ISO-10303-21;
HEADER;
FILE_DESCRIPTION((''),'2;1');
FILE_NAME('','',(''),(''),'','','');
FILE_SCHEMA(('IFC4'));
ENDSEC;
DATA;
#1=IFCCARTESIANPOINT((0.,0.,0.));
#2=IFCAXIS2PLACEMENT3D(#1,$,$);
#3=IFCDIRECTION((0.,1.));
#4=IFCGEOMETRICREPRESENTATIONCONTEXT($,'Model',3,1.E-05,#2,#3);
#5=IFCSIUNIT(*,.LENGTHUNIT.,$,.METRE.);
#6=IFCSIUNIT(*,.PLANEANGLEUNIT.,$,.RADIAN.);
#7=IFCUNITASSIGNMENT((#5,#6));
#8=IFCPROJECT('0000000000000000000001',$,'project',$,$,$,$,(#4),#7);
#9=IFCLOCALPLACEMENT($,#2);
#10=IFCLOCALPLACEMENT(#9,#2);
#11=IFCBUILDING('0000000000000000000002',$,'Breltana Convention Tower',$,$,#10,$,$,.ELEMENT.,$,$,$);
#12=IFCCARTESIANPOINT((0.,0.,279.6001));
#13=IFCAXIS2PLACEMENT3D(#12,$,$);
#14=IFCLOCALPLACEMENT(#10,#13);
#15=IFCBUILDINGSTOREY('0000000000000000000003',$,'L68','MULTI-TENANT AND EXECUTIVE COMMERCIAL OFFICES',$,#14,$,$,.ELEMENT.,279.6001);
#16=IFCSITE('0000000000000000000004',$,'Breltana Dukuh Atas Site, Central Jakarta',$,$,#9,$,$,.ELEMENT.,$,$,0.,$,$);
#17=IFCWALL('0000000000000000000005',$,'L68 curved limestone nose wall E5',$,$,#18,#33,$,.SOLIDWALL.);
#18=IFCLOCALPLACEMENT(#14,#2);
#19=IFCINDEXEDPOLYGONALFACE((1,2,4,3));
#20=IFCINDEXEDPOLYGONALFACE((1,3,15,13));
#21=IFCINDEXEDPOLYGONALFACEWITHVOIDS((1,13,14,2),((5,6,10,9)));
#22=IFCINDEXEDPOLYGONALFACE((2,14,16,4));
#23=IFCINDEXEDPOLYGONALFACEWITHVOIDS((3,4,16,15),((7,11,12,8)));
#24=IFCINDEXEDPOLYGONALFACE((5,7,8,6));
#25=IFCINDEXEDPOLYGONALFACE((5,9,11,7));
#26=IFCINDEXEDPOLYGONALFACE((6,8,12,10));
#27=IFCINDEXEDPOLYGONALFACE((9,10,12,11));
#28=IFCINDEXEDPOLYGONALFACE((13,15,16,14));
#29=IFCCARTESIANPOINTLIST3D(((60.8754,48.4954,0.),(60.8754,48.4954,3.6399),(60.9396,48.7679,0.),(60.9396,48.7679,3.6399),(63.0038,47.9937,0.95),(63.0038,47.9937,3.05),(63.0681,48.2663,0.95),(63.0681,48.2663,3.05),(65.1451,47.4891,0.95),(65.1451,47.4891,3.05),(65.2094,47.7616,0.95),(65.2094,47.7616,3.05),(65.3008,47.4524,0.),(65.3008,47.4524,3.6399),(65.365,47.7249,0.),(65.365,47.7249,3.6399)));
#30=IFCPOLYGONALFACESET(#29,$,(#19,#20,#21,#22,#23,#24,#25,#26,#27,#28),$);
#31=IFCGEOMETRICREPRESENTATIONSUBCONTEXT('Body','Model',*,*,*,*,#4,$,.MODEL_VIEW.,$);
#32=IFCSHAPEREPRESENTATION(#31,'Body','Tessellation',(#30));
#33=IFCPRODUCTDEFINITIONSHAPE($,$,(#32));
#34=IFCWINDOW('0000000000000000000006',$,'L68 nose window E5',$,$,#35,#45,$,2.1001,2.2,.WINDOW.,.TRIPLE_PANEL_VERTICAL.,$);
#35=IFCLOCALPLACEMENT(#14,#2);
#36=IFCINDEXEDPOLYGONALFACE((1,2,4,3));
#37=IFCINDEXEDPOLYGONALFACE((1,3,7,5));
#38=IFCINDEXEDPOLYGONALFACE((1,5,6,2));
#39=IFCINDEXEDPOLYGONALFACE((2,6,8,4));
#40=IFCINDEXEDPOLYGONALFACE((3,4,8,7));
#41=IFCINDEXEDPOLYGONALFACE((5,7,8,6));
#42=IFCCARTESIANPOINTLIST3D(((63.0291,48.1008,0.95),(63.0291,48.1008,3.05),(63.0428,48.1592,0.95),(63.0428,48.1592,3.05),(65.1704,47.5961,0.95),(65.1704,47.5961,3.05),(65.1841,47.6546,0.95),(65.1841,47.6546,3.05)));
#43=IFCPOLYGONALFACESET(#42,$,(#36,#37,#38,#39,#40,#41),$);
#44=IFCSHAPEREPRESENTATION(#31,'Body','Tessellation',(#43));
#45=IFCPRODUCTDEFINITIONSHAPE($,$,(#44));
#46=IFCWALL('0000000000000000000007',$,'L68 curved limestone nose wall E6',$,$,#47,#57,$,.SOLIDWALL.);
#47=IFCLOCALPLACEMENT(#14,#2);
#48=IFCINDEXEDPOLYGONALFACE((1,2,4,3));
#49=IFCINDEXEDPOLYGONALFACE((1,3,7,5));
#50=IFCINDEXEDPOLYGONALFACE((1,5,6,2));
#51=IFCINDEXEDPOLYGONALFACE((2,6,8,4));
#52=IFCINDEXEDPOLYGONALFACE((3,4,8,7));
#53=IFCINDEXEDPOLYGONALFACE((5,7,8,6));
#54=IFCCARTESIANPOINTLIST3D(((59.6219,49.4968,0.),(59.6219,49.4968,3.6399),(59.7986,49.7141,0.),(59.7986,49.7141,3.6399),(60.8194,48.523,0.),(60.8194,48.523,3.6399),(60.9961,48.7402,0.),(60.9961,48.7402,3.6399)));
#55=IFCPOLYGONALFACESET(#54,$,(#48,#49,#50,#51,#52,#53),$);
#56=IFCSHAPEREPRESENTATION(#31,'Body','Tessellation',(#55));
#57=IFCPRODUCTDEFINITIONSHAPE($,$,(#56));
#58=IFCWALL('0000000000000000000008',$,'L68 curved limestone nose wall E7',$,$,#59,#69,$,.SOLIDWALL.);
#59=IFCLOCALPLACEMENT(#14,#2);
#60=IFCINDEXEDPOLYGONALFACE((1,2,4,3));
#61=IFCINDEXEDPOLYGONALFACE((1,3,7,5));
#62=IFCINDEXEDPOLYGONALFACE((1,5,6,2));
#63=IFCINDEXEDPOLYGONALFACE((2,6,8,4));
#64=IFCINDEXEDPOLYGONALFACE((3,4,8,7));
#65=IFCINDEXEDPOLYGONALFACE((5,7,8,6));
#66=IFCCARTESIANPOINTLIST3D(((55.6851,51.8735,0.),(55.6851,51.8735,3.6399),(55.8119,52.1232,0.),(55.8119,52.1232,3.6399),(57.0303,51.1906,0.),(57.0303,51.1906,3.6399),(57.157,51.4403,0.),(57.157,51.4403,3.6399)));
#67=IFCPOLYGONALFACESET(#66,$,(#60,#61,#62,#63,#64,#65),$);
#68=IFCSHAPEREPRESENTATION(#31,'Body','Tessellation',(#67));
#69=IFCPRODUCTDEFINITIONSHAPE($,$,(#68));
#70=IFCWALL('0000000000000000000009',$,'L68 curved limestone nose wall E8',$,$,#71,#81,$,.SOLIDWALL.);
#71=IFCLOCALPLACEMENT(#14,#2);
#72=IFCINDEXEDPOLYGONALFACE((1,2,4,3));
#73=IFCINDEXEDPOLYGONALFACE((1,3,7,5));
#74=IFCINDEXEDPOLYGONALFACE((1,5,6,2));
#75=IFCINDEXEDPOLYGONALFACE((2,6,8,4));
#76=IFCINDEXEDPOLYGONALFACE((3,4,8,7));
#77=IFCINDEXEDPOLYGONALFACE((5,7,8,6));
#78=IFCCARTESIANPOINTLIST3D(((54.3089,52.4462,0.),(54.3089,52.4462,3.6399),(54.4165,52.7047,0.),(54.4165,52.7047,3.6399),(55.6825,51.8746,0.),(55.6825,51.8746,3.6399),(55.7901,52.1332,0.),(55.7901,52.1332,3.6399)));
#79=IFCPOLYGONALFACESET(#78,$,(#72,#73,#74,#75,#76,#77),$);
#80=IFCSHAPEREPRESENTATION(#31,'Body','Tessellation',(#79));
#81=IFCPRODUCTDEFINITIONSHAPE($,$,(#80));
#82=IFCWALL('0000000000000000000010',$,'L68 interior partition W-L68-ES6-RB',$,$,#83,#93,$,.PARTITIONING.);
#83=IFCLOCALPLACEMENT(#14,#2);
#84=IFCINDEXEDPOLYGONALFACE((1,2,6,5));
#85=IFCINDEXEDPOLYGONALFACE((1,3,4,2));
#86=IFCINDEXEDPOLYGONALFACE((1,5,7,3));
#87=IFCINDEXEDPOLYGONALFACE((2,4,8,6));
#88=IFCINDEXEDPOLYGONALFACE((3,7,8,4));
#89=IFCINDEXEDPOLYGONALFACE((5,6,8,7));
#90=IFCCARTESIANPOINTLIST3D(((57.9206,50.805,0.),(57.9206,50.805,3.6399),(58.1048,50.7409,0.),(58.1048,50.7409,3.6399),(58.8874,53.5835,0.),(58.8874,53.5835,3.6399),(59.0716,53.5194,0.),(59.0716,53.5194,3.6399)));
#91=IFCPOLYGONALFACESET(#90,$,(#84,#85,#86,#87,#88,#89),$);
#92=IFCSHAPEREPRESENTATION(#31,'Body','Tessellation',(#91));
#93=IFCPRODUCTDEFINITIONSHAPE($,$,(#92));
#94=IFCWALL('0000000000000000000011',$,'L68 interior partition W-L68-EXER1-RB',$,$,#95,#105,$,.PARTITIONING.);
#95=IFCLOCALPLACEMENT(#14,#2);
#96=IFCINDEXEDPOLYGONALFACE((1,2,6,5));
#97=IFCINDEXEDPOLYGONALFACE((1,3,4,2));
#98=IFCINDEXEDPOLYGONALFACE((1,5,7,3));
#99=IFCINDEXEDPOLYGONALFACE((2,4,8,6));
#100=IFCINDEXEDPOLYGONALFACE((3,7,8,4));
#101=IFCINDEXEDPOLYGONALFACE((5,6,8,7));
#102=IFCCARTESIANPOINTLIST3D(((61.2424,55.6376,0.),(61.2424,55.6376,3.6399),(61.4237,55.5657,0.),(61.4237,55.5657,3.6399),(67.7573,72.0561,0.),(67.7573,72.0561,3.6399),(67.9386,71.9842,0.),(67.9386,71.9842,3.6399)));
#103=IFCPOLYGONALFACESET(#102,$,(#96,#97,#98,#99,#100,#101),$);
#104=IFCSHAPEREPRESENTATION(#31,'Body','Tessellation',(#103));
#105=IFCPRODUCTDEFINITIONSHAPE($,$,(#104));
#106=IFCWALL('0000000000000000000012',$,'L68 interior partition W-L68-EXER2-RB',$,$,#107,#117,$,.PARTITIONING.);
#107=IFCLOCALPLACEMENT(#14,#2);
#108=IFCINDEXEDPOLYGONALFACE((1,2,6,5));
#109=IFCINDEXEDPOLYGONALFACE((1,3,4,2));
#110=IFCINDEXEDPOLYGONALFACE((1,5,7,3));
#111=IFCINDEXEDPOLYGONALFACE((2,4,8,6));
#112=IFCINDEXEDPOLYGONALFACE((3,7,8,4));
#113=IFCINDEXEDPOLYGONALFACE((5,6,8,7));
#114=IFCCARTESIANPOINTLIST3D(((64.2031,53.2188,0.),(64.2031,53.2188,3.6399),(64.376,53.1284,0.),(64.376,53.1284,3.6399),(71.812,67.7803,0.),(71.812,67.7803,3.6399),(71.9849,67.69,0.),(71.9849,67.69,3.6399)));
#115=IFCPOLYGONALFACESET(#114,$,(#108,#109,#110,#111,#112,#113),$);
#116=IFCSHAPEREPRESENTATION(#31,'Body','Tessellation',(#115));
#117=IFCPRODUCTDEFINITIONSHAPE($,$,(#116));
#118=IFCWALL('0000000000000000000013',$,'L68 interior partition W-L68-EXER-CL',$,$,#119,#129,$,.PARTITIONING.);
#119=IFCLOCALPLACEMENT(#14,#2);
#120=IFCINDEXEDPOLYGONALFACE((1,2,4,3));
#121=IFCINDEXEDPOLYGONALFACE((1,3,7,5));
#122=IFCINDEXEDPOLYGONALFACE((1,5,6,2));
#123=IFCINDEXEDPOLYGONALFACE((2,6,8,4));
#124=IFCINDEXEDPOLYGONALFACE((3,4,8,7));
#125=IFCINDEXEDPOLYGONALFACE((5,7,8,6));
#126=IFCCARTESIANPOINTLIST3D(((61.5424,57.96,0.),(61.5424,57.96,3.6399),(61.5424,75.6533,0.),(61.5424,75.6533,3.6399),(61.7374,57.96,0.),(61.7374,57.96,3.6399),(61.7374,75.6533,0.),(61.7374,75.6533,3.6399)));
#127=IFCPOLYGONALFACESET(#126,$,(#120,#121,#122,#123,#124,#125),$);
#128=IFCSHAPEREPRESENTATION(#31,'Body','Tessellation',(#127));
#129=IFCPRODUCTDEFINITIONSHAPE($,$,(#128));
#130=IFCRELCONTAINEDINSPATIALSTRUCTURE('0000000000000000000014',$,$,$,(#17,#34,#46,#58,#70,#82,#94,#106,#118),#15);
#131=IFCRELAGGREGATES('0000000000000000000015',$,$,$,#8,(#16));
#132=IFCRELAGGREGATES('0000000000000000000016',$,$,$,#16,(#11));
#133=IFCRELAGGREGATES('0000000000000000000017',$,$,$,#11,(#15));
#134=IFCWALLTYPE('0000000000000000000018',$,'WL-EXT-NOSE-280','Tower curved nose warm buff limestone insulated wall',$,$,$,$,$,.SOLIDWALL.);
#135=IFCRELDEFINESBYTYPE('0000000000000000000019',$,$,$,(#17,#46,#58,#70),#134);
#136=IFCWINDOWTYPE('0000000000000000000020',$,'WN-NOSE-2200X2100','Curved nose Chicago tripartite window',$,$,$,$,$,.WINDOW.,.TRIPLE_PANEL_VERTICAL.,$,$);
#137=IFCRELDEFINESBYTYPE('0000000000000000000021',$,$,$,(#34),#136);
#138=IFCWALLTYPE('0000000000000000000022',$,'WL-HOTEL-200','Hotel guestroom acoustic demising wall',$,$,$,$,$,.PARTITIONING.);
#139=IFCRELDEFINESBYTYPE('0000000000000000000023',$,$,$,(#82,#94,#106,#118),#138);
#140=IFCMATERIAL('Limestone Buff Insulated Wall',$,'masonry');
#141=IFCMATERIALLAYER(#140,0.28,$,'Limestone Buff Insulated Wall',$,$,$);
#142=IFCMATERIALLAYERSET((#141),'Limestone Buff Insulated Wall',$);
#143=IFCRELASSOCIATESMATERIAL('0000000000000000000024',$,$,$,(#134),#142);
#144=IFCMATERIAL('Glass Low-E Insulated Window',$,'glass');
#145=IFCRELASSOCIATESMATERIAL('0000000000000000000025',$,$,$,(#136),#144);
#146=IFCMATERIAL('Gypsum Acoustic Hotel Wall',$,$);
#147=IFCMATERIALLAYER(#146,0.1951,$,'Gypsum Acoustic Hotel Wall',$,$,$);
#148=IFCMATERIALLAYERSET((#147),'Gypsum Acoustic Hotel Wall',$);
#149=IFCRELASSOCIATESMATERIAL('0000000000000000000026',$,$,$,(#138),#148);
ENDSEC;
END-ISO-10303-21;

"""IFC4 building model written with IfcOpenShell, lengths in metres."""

from ifc_helpers import new_model, si_unit, direction, frame, frame_2d, origin, place, context, subcontext, project, spatial, rectangle, extrude, source, transform, mapped, material, layer, layer_set, type_object, type_shapes, element, fill, save


model = new_model("IFC4")

# Units and contexts
model_context = context("Model", 3, precision=1e-05, world=origin(), true_north=direction((0.0, 1.0)))
body_context = subcontext(model_context, "Body", "Model", "MODEL_VIEW")
ifc_project = project(units=[si_unit("LENGTHUNIT", "METRE"), si_unit("PLANEANGLEUNIT", "RADIAN")], contexts=[model_context])

# Site, building, storey
site_placement = place(None, origin())
site = spatial("IfcSite", under=ifc_project, at=site_placement, Name="Breltana Dukuh Atas Site, Central Jakarta", CompositionType="ELEMENT", RefElevation=0.0)
building_placement = place(site_placement, origin())
building = spatial("IfcBuilding", under=site, at=building_placement, Name="Breltana Convention Tower", CompositionType="ELEMENT")
storey_placement = place(building_placement, frame((0.0, 0.0, 279.6001)))
storey = spatial("IfcBuildingStorey", under=building, at=storey_placement, Name="L68", Description="MULTI-TENANT AND EXECUTIVE COMMERCIAL OFFICES", CompositionType="ELEMENT", Elevation=279.6001)

# Wall, opening, window
ifc_material_1 = material(Name="Limestone Buff Insulated Wall", Category="masonry")
ifc_layer_1 = layer(ifc_material_1, 0.28, Name="Limestone Buff Insulated Wall")
ifc_layer_set_1 = layer_set([ifc_layer_1], Name="Limestone Buff Insulated Wall")
wall_type_1 = type_object("IfcWallType", Name="WL-EXT-NOSE-280", Description="Tower curved nose warm buff limestone insulated wall", PredefinedType="SOLIDWALL", material=ifc_layer_set_1)
ifc_material_2 = material(Name="Glass Low-E Insulated Window", Category="glass")
window_type = type_object("IfcWindowType", Name="WN-NOSE-2200X2100", Description="Curved nose Chicago tripartite window", PartitioningType="TRIPLE_PANEL_VERTICAL", PredefinedType="WINDOW", material=ifc_material_2)
shared_shape_1 = source(origin(), body_context, "Body", "SweptSolid", [
    extrude(rectangle(XDim=2.2, YDim=2.1001, at=frame_2d((1.1001, 1.05))), frame((0.0, 0.03, 0.0), z_axis=(0.0, -1.0, 0.0), x_axis=(1.0, 0.0, 0.0)), (0.0, 0.0, 1.0), 0.0601),
])
type_shapes(window_type, [shared_shape_1])
shared_shape_2 = source(origin(), body_context, "Body", "SweptSolid", [
    extrude(rectangle(XDim=4.5466, YDim=0.28, at=frame_2d((2.2734, 0.0))), origin(), (0.0, 0.0, 1.0), 3.6399),
])
wall_1_placement = place(storey_placement, frame((65.333, 47.5886, 0.0), z_axis=(0.0, 0.0, 1.0), x_axis=(-0.973333, 0.229398, 0.0)))
wall_1 = element("IfcWall", 1, at=wall_1_placement, inside=storey, type_object=wall_type_1, Name="L68 curved limestone nose wall E5", PredefinedType="SOLIDWALL", context=body_context, shape_type="MappedRepresentation", body=[
    mapped(shared_shape_2, transform((0.0, 0.0, 0.0), scale=1.0)),
])
opening_1_placement = place(wall_1_placement, frame((0.1599, 0.0, 0.95)))
opening_1 = element("IfcOpeningElement", 2, at=opening_1_placement, cuts=wall_1, PredefinedType="OPENING", context=body_context, shape_type="SweptSolid", body=[
    extrude(rectangle(XDim=2.2, YDim=2.1001, at=frame_2d((1.1001, 1.05))), frame((0.0, 0.1499, 0.0), z_axis=(0.0, -1.0, 0.0), x_axis=(1.0, 0.0, 0.0)), (0.0, 0.0, 1.0), 0.3),
])
window_1_placement = place(opening_1_placement, origin())
window_1 = element("IfcWindow", 3, at=window_1_placement, inside=storey, type_object=window_type, Name="L68 nose window E5", OverallHeight=2.1001, OverallWidth=2.2, PartitioningType="TRIPLE_PANEL_VERTICAL", PredefinedType="WINDOW", context=body_context, shape_type="MappedRepresentation", body=[
    mapped(shared_shape_1, transform((0.0, 0.0, 0.0), scale=1.0)),
])
fill(opening_1, window_1)

# Walls
shared_shape_3 = source(origin(), body_context, "Body", "SweptSolid", [
    extrude(rectangle(XDim=1.5435, YDim=0.28, at=frame_2d((0.7717, 0.0))), origin(), (0.0, 0.0, 1.0), 3.6399),
])
wall_2_placement = place(storey_placement, frame((60.9077, 48.6316, 0.0), z_axis=(0.0, 0.0, 1.0), x_axis=(-0.775828, 0.630944, 0.0)))
element("IfcWall", 4, at=wall_2_placement, inside=storey, type_object=wall_type_1, Name="L68 curved limestone nose wall E6", PredefinedType="SOLIDWALL", context=body_context, shape_type="MappedRepresentation", body=[
    mapped(shared_shape_3, transform((0.0, 0.0, 0.0), scale=1.0)),
])
shared_shape_4 = source(origin(), body_context, "Body", "SweptSolid", [
    extrude(rectangle(XDim=1.5085, YDim=0.28, at=frame_2d((0.7544, 0.0))), origin(), (0.0, 0.0, 1.0), 3.6399),
])
wall_3_placement = place(storey_placement, frame((57.0938, 51.3154, 0.0), z_axis=(0.0, 0.0, 1.0), x_axis=(-0.891692, 0.452643, 0.0)))
element("IfcWall", 5, at=wall_3_placement, inside=storey, type_object=wall_type_1, Name="L68 curved limestone nose wall E7", PredefinedType="SOLIDWALL", context=body_context, shape_type="MappedRepresentation", body=[
    mapped(shared_shape_4, transform((0.0, 0.0, 0.0), scale=1.0)),
])
shared_shape_5 = source(origin(), body_context, "Body", "SweptSolid", [
    extrude(rectangle(XDim=1.4878, YDim=0.28, at=frame_2d((0.7439, 0.0))), origin(), (0.0, 0.0, 1.0), 3.6399),
])
wall_4_placement = place(storey_placement, frame((55.7363, 52.0039, 0.0), z_axis=(0.0, 0.0, 1.0), x_axis=(-0.923261, 0.384173, 0.0)))
element("IfcWall", 6, at=wall_4_placement, inside=storey, type_object=wall_type_1, Name="L68 curved limestone nose wall E8", PredefinedType="SOLIDWALL", context=body_context, shape_type="MappedRepresentation", body=[
    mapped(shared_shape_5, transform((0.0, 0.0, 0.0), scale=1.0)),
])
ifc_material_3 = material(Name="Gypsum Acoustic Hotel Wall")
ifc_layer_2 = layer(ifc_material_3, 0.1951, Name="Gypsum Acoustic Hotel Wall")
ifc_layer_set_2 = layer_set([ifc_layer_2], Name="Gypsum Acoustic Hotel Wall")
wall_type_2 = type_object("IfcWallType", Name="WL-HOTEL-200", Description="Hotel guestroom acoustic demising wall", PredefinedType="PARTITIONING", material=ifc_layer_set_2)
shared_shape_6 = source(origin(), body_context, "Body", "SweptSolid", [
    extrude(rectangle(XDim=2.9419, YDim=0.1951, at=frame_2d((1.4709, 0.0))), origin(), (0.0, 0.0, 1.0), 3.6399),
])
wall_5_placement = place(storey_placement, frame((58.0127, 50.7729, 0.0), z_axis=(0.0, 0.0, 1.0), x_axis=(0.328624, 0.944461, 0.0)))
element("IfcWall", 7, at=wall_5_placement, inside=storey, type_object=wall_type_2, Name="L68 interior partition W-L68-ES6-RB", PredefinedType="PARTITIONING", context=body_context, shape_type="MappedRepresentation", body=[
    mapped(shared_shape_6, transform((0.0, 0.0, 0.0), scale=1.0)),
])

# Wall
shared_shape_7 = source(origin(), body_context, "Body", "SweptSolid", [
    extrude(rectangle(XDim=17.6638, YDim=0.1951, at=frame_2d((8.832, 0.0))), origin(), (0.0, 0.0, 1.0), 3.6399),
])
wall_6_placement = place(storey_placement, frame((61.333, 55.6016, 0.0), z_axis=(0.0, 0.0, 1.0), x_axis=(0.368828, 0.929498, 0.0)))
element("IfcWall", 8, at=wall_6_placement, inside=storey, type_object=wall_type_2, Name="L68 interior partition W-L68-EXER1-RB", PredefinedType="PARTITIONING", context=body_context, shape_type="MappedRepresentation", body=[
    mapped(shared_shape_7, transform((0.0, 0.0, 0.0), scale=1.0)),
])

# Walls
shared_shape_8 = source(origin(), body_context, "Body", "SweptSolid", [
    extrude(rectangle(XDim=16.4297, YDim=0.1951, at=frame_2d((8.2148, 0.0))), origin(), (0.0, 0.0, 1.0), 3.6399),
])
wall_7_placement = place(storey_placement, frame((64.2896, 53.1736, 0.0), z_axis=(0.0, 0.0, 1.0), x_axis=(0.463119, 0.886296, 0.0)))
element("IfcWall", 9, at=wall_7_placement, inside=storey, type_object=wall_type_2, Name="L68 interior partition W-L68-EXER2-RB", PredefinedType="PARTITIONING", context=body_context, shape_type="MappedRepresentation", body=[
    mapped(shared_shape_8, transform((0.0, 0.0, 0.0), scale=1.0)),
])
shared_shape_9 = source(origin(), body_context, "Body", "SweptSolid", [
    extrude(rectangle(XDim=17.6934, YDim=0.1951, at=frame_2d((8.8467, 0.0))), origin(), (0.0, 0.0, 1.0), 3.6399),
])
wall_8_placement = place(storey_placement, frame((61.6399, 57.96, 0.0), z_axis=(0.0, 0.0, 1.0), x_axis=(0.0, 1.0, 0.0)))
element("IfcWall", 10, at=wall_8_placement, inside=storey, type_object=wall_type_2, Name="L68 interior partition W-L68-EXER-CL", PredefinedType="PARTITIONING", context=body_context, shape_type="MappedRepresentation", body=[
    mapped(shared_shape_9, transform((0.0, 0.0, 0.0), scale=1.0)),
])

save(model, "model.ifc")
